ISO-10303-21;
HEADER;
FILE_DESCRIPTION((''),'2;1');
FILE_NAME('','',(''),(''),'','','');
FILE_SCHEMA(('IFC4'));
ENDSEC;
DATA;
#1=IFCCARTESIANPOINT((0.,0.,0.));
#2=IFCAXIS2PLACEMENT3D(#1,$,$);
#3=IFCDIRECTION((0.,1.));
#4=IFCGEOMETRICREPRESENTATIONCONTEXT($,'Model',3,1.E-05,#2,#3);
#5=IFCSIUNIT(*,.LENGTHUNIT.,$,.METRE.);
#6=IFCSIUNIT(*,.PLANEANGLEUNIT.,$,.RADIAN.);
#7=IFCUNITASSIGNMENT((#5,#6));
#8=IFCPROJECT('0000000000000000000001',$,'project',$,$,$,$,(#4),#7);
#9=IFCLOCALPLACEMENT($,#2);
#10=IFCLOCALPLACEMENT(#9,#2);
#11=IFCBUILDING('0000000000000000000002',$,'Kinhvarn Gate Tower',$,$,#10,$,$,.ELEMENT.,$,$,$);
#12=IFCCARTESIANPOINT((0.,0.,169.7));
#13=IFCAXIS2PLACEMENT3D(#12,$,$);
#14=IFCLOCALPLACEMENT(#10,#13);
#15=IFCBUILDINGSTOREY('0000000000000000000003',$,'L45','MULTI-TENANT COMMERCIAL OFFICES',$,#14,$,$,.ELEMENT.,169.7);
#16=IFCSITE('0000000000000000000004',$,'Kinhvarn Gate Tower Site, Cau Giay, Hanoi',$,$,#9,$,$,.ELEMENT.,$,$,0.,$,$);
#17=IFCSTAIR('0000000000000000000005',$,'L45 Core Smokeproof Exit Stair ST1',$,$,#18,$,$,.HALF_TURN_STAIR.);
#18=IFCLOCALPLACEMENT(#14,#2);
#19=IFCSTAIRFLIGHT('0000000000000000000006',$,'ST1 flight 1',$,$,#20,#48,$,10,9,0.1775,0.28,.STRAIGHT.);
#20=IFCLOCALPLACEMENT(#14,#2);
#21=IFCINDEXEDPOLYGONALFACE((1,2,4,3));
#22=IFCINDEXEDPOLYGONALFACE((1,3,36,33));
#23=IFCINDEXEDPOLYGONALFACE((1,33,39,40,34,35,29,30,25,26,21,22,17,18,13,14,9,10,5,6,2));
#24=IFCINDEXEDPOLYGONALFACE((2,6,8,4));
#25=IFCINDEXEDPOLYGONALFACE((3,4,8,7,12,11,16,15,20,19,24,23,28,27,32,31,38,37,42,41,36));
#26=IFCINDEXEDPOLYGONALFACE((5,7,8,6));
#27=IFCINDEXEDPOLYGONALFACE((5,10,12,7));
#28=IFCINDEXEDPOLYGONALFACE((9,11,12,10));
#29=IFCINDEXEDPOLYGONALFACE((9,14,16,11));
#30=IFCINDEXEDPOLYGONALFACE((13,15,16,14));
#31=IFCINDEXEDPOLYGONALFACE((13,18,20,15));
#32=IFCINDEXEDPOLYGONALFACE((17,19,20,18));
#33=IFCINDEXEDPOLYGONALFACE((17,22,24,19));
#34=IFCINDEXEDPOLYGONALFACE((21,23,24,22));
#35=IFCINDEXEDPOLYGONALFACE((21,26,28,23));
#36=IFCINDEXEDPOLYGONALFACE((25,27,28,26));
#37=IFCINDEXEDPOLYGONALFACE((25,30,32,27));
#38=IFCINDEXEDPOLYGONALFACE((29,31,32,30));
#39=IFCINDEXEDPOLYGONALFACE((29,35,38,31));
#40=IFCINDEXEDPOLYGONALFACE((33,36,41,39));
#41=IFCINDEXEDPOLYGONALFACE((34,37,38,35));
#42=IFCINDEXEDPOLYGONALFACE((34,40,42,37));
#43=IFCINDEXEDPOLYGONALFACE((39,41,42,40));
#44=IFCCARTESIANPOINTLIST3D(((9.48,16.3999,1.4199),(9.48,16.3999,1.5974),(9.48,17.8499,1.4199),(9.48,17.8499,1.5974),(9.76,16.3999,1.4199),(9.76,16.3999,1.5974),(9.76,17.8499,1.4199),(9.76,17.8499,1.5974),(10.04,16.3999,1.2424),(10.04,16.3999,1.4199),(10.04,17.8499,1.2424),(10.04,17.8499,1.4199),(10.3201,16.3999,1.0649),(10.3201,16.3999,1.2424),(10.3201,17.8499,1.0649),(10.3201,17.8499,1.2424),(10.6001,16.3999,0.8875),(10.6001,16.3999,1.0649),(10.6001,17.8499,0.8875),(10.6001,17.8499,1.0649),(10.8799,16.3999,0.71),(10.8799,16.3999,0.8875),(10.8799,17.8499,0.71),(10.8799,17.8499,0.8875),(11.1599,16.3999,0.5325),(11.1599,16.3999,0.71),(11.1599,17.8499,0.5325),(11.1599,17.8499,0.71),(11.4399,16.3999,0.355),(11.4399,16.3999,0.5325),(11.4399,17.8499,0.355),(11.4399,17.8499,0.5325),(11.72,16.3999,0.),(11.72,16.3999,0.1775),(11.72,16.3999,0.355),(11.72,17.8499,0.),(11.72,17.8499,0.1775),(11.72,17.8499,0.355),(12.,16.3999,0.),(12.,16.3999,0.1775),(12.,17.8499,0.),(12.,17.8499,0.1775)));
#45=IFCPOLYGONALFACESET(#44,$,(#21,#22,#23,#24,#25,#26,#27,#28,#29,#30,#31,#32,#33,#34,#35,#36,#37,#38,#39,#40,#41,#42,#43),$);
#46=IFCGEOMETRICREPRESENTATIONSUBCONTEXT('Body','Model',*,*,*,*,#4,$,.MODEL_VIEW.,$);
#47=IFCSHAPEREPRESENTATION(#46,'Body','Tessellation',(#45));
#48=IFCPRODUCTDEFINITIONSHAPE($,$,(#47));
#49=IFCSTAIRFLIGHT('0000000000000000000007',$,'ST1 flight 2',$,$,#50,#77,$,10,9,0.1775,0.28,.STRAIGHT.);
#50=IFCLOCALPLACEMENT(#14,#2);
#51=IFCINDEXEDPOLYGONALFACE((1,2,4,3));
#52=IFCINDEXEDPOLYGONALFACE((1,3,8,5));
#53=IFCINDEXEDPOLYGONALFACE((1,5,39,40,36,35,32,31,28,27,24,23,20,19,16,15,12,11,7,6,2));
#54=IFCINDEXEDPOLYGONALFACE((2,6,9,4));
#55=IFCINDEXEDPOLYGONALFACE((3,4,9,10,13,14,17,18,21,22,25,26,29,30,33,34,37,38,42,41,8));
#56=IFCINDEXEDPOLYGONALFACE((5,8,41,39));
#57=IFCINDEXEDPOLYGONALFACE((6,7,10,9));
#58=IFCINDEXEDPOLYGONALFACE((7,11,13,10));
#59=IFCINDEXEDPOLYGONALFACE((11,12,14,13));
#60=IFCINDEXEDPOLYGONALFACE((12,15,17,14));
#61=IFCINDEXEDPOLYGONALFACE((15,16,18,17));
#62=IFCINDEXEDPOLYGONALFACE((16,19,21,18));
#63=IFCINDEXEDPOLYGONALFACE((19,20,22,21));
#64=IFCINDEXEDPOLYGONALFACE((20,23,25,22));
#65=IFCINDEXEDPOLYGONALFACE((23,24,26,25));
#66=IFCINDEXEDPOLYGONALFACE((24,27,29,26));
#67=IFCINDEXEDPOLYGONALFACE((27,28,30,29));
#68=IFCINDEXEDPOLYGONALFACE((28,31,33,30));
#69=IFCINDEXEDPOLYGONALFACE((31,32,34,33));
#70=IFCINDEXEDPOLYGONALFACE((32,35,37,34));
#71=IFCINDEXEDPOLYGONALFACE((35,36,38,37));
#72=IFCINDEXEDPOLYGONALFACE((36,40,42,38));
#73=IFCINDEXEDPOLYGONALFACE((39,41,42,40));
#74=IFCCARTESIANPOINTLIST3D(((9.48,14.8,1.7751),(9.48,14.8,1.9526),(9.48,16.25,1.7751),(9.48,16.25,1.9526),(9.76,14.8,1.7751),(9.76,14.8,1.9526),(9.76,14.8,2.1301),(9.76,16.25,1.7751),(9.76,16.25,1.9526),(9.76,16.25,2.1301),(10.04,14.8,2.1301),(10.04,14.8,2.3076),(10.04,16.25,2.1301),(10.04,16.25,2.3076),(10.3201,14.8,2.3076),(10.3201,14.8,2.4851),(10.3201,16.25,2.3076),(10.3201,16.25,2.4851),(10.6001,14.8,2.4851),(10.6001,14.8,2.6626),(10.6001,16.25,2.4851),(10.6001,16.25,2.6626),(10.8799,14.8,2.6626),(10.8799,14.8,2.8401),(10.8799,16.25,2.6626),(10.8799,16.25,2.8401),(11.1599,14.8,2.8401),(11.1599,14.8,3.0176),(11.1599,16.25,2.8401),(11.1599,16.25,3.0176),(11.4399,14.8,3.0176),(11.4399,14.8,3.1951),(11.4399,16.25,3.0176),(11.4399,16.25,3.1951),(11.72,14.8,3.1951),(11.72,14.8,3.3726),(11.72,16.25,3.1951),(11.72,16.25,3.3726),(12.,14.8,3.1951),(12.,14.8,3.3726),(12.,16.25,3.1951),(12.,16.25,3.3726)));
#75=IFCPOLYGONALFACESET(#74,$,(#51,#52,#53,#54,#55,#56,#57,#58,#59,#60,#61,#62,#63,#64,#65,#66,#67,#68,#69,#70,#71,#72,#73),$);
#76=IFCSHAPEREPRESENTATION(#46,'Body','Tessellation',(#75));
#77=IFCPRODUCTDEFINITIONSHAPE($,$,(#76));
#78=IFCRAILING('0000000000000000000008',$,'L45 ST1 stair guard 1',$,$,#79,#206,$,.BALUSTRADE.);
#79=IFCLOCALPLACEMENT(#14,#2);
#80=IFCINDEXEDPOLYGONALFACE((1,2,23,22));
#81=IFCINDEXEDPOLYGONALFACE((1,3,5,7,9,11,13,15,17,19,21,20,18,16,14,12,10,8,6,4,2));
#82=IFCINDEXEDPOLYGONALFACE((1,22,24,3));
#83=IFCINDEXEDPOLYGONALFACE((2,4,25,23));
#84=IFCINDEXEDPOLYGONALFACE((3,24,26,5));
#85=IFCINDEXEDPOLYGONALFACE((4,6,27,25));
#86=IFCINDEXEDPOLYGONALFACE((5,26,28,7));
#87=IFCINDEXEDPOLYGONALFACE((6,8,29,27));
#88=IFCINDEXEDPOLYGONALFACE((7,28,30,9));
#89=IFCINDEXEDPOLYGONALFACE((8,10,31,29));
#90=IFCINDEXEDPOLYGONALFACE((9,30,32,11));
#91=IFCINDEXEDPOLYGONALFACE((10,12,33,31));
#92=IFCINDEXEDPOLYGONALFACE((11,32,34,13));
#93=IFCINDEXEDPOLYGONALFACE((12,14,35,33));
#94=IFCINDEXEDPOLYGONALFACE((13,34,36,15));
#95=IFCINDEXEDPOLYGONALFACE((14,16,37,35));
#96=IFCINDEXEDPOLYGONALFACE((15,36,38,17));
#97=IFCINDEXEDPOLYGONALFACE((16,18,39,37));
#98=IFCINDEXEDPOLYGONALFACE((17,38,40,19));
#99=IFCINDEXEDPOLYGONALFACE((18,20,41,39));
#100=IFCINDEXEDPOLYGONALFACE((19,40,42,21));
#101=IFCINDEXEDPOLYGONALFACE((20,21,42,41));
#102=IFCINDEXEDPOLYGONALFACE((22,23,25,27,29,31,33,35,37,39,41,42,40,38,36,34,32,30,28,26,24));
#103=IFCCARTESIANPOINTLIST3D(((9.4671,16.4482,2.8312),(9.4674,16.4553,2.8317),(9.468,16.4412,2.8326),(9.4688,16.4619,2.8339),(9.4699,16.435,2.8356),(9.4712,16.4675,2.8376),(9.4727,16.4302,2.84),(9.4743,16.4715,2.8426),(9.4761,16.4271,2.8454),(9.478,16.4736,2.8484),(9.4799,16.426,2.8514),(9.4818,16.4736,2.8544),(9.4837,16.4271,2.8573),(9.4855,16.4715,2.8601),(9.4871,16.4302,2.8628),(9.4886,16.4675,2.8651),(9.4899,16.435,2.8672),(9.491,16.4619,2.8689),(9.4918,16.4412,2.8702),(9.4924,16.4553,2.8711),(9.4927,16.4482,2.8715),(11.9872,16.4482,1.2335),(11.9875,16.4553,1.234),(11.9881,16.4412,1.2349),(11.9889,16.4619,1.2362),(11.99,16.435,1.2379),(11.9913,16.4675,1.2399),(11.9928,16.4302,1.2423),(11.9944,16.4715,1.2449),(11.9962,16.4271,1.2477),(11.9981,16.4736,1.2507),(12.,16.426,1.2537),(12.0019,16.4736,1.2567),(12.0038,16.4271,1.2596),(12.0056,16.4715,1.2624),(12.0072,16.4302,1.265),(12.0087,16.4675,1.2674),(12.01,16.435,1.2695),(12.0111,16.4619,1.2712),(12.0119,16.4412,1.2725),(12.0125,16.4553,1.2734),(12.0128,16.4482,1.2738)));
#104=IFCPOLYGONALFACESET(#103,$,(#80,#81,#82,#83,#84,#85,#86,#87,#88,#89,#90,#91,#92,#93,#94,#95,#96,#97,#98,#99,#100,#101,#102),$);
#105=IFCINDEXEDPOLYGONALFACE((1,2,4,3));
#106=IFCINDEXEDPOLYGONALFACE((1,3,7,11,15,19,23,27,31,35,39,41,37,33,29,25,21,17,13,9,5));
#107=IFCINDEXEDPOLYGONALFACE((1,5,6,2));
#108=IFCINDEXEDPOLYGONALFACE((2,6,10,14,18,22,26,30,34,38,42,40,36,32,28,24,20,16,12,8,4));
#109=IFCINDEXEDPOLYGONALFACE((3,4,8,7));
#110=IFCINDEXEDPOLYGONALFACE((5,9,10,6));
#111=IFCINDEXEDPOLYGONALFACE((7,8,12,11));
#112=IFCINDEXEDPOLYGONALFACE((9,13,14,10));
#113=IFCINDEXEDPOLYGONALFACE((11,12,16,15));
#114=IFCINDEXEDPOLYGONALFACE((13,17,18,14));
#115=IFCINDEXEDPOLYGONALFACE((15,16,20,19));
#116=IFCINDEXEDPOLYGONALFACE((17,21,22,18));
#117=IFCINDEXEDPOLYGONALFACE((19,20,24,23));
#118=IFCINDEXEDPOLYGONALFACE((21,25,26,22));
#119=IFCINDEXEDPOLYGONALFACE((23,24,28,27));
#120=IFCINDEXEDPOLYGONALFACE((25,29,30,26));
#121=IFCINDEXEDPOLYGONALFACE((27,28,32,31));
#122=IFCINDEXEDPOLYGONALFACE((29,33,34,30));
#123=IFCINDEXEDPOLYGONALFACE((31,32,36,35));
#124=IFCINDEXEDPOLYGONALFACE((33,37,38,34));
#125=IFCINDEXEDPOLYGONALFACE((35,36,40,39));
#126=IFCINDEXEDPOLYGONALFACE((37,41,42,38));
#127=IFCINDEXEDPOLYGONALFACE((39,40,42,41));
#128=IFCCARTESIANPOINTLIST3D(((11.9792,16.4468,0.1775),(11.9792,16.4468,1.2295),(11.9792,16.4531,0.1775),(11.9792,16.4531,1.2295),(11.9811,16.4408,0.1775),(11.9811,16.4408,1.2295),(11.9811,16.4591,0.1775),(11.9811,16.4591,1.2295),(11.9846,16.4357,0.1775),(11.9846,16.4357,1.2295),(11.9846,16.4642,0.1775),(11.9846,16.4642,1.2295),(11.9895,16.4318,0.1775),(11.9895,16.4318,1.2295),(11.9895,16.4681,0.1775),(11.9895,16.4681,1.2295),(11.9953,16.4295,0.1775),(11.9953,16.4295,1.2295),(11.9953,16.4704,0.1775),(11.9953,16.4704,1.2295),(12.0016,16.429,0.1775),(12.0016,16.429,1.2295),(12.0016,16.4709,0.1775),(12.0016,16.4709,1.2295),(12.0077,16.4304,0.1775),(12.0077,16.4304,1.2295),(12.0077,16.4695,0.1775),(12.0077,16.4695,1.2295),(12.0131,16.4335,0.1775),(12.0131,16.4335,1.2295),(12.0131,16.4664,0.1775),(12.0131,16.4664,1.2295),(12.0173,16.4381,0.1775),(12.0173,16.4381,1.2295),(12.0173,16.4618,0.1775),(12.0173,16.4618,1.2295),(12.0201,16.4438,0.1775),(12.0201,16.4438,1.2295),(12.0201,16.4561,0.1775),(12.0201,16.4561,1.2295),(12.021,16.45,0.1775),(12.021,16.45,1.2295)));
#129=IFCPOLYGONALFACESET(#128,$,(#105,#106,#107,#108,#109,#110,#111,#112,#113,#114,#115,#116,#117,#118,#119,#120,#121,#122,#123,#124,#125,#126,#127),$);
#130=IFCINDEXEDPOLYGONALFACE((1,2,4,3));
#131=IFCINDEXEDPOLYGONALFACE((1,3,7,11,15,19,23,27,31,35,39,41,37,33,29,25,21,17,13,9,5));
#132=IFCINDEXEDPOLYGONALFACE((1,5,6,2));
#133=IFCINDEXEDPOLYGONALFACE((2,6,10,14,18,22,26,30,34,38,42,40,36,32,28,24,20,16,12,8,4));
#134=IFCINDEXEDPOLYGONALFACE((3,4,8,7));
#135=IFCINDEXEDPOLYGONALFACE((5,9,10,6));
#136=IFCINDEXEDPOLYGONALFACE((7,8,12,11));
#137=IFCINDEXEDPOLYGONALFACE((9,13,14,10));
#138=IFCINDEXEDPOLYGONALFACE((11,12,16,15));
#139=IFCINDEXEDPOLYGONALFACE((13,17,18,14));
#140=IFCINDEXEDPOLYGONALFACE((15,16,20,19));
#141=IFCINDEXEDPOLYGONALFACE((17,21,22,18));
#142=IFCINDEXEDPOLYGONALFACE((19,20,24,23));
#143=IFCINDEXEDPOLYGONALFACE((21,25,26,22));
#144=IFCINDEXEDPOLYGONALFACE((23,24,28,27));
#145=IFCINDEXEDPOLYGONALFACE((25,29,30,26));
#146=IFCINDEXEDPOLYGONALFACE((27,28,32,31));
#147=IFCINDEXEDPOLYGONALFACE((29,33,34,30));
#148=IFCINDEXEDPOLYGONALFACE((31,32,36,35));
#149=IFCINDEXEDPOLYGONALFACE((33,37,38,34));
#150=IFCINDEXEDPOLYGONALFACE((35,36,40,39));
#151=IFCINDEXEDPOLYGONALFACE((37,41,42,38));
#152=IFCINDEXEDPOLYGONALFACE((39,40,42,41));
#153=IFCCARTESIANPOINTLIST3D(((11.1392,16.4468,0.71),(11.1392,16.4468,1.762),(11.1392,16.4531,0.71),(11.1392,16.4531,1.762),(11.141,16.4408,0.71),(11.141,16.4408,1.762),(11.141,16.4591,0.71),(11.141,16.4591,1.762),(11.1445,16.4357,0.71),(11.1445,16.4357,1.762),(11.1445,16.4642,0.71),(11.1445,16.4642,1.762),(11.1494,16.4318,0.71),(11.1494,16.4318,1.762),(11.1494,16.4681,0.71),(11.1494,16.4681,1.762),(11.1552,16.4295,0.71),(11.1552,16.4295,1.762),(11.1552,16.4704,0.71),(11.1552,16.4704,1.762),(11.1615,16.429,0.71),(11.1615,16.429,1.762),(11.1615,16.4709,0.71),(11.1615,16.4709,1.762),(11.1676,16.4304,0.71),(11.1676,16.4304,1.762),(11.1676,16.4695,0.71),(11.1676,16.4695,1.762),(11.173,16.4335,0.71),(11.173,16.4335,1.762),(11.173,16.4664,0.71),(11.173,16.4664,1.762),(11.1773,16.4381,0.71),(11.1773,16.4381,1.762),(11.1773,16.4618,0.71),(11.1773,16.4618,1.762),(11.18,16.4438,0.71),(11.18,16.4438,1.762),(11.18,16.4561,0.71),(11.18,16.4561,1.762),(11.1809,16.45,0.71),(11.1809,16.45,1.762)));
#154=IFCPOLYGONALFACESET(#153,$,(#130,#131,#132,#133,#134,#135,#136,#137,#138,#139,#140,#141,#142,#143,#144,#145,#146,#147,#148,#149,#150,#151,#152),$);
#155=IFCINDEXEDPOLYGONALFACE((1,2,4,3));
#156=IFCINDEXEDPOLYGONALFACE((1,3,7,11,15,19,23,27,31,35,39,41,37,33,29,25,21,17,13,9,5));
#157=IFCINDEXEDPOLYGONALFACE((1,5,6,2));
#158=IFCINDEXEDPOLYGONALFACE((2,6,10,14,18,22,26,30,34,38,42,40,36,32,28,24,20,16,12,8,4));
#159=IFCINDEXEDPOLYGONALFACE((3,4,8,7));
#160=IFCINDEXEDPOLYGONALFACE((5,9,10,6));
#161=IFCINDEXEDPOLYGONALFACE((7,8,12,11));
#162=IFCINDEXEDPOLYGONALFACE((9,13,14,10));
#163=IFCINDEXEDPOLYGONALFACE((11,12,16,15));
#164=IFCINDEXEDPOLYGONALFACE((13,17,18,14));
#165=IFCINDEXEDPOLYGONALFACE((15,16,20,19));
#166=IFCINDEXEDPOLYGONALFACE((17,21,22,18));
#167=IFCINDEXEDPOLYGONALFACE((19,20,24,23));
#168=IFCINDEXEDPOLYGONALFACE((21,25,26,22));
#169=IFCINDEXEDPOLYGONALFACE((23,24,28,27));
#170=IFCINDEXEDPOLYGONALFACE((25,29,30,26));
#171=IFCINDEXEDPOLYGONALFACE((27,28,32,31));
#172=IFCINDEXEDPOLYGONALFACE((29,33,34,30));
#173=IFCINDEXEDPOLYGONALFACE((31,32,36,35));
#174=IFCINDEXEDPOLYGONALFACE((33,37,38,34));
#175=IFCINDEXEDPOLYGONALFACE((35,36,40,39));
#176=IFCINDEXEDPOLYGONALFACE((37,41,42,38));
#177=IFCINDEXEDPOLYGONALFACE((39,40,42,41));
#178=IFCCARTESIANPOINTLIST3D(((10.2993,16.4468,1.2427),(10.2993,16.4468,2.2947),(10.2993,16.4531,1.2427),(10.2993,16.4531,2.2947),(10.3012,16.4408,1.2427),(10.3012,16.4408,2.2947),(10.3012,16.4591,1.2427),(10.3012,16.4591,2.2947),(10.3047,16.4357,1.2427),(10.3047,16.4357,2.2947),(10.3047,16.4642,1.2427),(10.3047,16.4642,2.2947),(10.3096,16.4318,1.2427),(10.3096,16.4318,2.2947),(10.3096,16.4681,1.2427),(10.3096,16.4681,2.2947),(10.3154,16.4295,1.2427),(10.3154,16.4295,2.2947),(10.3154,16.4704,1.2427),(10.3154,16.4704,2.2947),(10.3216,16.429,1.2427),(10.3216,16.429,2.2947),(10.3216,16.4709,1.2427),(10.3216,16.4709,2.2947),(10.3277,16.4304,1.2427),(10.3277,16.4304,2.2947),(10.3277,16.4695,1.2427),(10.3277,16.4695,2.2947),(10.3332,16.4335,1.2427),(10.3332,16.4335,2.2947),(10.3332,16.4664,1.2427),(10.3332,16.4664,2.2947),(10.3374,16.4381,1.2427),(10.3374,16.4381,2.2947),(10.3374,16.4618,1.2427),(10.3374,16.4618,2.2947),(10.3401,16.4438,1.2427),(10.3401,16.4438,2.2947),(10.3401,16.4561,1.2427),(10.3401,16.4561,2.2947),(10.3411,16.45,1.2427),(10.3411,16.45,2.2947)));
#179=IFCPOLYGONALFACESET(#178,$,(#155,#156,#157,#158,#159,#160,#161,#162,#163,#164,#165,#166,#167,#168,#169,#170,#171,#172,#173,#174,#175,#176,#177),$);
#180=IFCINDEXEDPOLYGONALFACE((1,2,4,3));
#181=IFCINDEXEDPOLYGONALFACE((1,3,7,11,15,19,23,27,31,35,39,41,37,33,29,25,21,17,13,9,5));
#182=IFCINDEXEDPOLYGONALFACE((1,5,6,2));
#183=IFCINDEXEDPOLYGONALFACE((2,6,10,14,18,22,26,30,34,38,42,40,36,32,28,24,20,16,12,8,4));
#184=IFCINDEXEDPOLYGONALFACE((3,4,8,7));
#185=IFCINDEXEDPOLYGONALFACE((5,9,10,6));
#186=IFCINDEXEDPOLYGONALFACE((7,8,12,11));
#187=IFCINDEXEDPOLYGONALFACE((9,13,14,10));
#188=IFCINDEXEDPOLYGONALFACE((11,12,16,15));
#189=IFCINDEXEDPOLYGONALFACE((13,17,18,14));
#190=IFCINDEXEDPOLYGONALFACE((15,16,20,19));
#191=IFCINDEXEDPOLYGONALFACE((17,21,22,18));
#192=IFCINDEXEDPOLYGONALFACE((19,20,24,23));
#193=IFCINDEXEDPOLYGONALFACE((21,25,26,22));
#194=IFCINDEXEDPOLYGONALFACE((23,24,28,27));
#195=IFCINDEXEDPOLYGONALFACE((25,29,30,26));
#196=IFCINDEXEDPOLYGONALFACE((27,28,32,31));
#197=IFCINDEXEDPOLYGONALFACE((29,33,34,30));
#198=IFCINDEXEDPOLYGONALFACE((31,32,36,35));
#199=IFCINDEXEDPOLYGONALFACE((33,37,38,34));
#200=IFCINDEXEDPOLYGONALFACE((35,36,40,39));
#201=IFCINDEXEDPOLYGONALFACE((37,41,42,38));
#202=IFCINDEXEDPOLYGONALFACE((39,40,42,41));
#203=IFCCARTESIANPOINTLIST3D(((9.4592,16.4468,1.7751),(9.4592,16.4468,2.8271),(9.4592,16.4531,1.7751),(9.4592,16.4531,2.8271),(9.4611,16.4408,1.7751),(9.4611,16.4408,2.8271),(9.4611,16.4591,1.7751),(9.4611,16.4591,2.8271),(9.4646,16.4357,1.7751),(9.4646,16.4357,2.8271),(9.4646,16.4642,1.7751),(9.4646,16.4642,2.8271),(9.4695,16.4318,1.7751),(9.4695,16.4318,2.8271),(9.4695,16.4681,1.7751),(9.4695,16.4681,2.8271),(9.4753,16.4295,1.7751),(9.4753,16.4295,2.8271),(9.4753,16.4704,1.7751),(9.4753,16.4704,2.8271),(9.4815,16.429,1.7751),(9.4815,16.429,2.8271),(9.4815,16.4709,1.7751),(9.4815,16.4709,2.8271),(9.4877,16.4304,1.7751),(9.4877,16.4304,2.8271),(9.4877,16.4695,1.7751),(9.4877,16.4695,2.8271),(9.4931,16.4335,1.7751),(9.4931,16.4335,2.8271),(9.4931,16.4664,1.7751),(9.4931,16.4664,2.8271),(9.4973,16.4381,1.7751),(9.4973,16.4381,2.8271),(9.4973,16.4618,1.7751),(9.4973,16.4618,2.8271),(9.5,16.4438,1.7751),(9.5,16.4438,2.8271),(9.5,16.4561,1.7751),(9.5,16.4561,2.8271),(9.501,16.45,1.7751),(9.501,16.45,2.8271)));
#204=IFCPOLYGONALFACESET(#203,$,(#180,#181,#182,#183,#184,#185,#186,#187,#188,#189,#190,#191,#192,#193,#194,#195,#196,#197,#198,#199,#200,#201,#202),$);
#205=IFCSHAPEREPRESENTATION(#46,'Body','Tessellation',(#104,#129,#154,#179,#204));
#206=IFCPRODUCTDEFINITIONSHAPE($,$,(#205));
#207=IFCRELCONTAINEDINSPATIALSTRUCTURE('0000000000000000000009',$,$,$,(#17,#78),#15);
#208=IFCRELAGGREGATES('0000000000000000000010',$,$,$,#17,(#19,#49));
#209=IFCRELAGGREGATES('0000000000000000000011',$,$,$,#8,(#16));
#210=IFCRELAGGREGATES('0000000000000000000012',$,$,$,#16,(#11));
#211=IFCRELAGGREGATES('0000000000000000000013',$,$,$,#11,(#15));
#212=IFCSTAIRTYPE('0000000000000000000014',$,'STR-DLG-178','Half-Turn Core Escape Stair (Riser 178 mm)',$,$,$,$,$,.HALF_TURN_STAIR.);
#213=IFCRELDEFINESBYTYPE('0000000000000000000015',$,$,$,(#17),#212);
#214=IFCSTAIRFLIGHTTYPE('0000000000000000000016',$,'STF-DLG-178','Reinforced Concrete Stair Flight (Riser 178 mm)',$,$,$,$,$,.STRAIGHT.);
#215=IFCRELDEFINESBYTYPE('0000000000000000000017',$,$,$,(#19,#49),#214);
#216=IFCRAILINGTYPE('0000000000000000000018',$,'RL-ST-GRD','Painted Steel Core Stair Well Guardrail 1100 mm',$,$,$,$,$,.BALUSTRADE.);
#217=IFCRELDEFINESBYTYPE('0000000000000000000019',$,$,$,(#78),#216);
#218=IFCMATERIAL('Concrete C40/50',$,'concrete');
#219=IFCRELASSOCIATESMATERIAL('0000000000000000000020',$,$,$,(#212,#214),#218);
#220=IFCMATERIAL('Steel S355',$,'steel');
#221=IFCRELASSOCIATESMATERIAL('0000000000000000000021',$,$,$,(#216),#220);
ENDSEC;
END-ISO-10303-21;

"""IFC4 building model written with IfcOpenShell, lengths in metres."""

from ifc_helpers import new_model, si_unit, direction, frame, origin, origin_2d, place, context, subcontext, project, spatial, polyline, circle, outline, extrude, material, type_object, element, aggregate, save


model = new_model("IFC4")

# Units and contexts
model_context = context("Model", 3, precision=1e-05, world=origin(), true_north=direction((0.0, 1.0)))
body_context = subcontext(model_context, "Body", "Model", "MODEL_VIEW")
ifc_project = project(units=[si_unit("LENGTHUNIT", "METRE"), si_unit("PLANEANGLEUNIT", "RADIAN")], contexts=[model_context])

# Site, building, storey
site_placement = place(None, origin())
site = spatial("IfcSite", under=ifc_project, at=site_placement, Name="Kinhvarn Gate Tower Site, Cau Giay, Hanoi", CompositionType="ELEMENT", RefElevation=0.0)
building_placement = place(site_placement, origin())
building = spatial("IfcBuilding", under=site, at=building_placement, Name="Kinhvarn Gate Tower", CompositionType="ELEMENT")
storey_placement = place(building_placement, frame((0.0, 0.0, 169.7)))
storey = spatial("IfcBuildingStorey", under=building, at=storey_placement, Name="L45", Description="MULTI-TENANT COMMERCIAL OFFICES", CompositionType="ELEMENT", Elevation=169.7)

# Shared definitions
ifc_material_1 = material(Name="Steel S355", Category="steel")

# Shared definitions
ifc_material_2 = material(Name="Concrete C40/50", Category="concrete")

# Stair, stair flights
stair_type = type_object("IfcStairType", Name="STR-DLG-178", Description="Half-Turn Core Escape Stair (Riser 178 mm)", PredefinedType="HALF_TURN_STAIR", material=ifc_material_2)
stair_placement = place(storey_placement, origin())
stair = element("IfcStair", 1, at=stair_placement, inside=storey, type_object=stair_type, Name="L45 Core Smokeproof Exit Stair ST1", PredefinedType="HALF_TURN_STAIR")
stair_flight_type = type_object("IfcStairFlightType", Name="STF-DLG-178", Description="Reinforced Concrete Stair Flight (Riser 178 mm)", PredefinedType="STRAIGHT", material=ifc_material_2)
stair_flight_1_placement = place(storey_placement, frame((12.0, 17.125, 0.0), z_axis=(0.0, 0.0, 1.0), x_axis=(-1.0, 0.0, 0.0)))
stair_flight_1 = element("IfcStairFlight", 2, at=stair_flight_1_placement, type_object=stair_flight_type, Name="ST1 flight 1", NumberOfRisers=10, NumberOfTreads=9, PredefinedType="STRAIGHT", RiserHeight=0.1775, TreadLength=0.28, context=body_context, shape_type="SweptSolid", body=[
    extrude(outline(polyline([(0.0, 0.0), (0.0, 0.1775), (0.28, 0.1775), (0.28, 0.355), (0.5601, 0.355), (0.5601, 0.5325), (0.8401, 0.5325), (0.8401, 0.71), (1.1201, 0.71), (1.1201, 0.8875), (1.3999, 0.8875), (1.3999, 1.0649), (1.6799, 1.0649), (1.6799, 1.2424), (1.96, 1.2424), (1.96, 1.4199), (2.24, 1.4199), (2.24, 1.5974), (2.52, 1.5974), (2.52, 1.7749), (2.52, 1.4199), (0.28, 0.0), (0.0, 0.0)])), frame((0.0, 0.7251, 0.0), z_axis=(0.0, -1.0, 0.0), x_axis=(1.0, 0.0, 0.0)), (0.0, 0.0, 1.0), 1.45),
])
stair_flight_2_placement = place(storey_placement, frame((9.48, 15.5249, 1.7751), z_axis=(0.0, 0.0, 1.0), x_axis=(1.0, 0.0, 0.0)))
stair_flight_2 = element("IfcStairFlight", 3, at=stair_flight_2_placement, type_object=stair_flight_type, Name="ST1 flight 2", NumberOfRisers=10, NumberOfTreads=9, PredefinedType="STRAIGHT", RiserHeight=0.1775, TreadLength=0.28, context=body_context, shape_type="SweptSolid", body=[
    extrude(outline(polyline([(0.0, 0.0), (0.0, 0.1775), (0.28, 0.1775), (0.28, 0.355), (0.5601, 0.355), (0.5601, 0.5325), (0.8401, 0.5325), (0.8401, 0.71), (1.1201, 0.71), (1.1201, 0.8875), (1.3999, 0.8875), (1.3999, 1.0649), (1.6799, 1.0649), (1.6799, 1.2424), (1.96, 1.2424), (1.96, 1.4199), (2.24, 1.4199), (2.24, 1.5974), (2.52, 1.5974), (2.52, 1.7749), (2.52, 1.4199), (0.28, 0.0), (0.0, 0.0)])), frame((0.0, 0.7251, 0.0), z_axis=(0.0, -1.0, 0.0), x_axis=(1.0, 0.0, 0.0)), (0.0, 0.0, 1.0), 1.45),
])
aggregate(stair, [stair_flight_1, stair_flight_2])

# Railing
railing_type_1 = type_object("IfcRailingType", Name="RL-ST-GRD", Description="Painted Steel Core Stair Well Guardrail 1100 mm", PredefinedType="BALUSTRADE", material=ifc_material_1)
railing_1_placement = place(storey_placement, frame((12.0, 16.45, 0.1775)))
element("IfcRailing", 4, at=railing_1_placement, inside=storey, type_object=railing_type_1, Name="L45 ST1 stair guard 1", PredefinedType="BALUSTRADE", context=body_context, shape_type="SweptSolid", body=[
    extrude(circle(Radius=0.0239, at=origin_2d()), frame((0.0, 0.0, 1.0762), z_axis=(-0.84457, 0.0, 0.535445), x_axis=(0.0, -1.0, 0.0)), (0.0, 0.0, 1.0), 2.9839),
    extrude(circle(Radius=0.021, at=origin_2d()), origin(), (0.0, 0.0, 1.0), 1.052),
    extrude(circle(Radius=0.021, at=origin_2d()), frame((-0.8401, 0.0, 0.5325)), (0.0, 0.0, 1.0), 1.052),
    extrude(circle(Radius=0.021, at=origin_2d()), frame((-1.6799, 0.0, 1.0652)), (0.0, 0.0, 1.0), 1.052),
    extrude(circle(Radius=0.021, at=origin_2d()), frame((-2.52, 0.0, 1.5977)), (0.0, 0.0, 1.0), 1.052),
])

save(model, "model.ifc")
